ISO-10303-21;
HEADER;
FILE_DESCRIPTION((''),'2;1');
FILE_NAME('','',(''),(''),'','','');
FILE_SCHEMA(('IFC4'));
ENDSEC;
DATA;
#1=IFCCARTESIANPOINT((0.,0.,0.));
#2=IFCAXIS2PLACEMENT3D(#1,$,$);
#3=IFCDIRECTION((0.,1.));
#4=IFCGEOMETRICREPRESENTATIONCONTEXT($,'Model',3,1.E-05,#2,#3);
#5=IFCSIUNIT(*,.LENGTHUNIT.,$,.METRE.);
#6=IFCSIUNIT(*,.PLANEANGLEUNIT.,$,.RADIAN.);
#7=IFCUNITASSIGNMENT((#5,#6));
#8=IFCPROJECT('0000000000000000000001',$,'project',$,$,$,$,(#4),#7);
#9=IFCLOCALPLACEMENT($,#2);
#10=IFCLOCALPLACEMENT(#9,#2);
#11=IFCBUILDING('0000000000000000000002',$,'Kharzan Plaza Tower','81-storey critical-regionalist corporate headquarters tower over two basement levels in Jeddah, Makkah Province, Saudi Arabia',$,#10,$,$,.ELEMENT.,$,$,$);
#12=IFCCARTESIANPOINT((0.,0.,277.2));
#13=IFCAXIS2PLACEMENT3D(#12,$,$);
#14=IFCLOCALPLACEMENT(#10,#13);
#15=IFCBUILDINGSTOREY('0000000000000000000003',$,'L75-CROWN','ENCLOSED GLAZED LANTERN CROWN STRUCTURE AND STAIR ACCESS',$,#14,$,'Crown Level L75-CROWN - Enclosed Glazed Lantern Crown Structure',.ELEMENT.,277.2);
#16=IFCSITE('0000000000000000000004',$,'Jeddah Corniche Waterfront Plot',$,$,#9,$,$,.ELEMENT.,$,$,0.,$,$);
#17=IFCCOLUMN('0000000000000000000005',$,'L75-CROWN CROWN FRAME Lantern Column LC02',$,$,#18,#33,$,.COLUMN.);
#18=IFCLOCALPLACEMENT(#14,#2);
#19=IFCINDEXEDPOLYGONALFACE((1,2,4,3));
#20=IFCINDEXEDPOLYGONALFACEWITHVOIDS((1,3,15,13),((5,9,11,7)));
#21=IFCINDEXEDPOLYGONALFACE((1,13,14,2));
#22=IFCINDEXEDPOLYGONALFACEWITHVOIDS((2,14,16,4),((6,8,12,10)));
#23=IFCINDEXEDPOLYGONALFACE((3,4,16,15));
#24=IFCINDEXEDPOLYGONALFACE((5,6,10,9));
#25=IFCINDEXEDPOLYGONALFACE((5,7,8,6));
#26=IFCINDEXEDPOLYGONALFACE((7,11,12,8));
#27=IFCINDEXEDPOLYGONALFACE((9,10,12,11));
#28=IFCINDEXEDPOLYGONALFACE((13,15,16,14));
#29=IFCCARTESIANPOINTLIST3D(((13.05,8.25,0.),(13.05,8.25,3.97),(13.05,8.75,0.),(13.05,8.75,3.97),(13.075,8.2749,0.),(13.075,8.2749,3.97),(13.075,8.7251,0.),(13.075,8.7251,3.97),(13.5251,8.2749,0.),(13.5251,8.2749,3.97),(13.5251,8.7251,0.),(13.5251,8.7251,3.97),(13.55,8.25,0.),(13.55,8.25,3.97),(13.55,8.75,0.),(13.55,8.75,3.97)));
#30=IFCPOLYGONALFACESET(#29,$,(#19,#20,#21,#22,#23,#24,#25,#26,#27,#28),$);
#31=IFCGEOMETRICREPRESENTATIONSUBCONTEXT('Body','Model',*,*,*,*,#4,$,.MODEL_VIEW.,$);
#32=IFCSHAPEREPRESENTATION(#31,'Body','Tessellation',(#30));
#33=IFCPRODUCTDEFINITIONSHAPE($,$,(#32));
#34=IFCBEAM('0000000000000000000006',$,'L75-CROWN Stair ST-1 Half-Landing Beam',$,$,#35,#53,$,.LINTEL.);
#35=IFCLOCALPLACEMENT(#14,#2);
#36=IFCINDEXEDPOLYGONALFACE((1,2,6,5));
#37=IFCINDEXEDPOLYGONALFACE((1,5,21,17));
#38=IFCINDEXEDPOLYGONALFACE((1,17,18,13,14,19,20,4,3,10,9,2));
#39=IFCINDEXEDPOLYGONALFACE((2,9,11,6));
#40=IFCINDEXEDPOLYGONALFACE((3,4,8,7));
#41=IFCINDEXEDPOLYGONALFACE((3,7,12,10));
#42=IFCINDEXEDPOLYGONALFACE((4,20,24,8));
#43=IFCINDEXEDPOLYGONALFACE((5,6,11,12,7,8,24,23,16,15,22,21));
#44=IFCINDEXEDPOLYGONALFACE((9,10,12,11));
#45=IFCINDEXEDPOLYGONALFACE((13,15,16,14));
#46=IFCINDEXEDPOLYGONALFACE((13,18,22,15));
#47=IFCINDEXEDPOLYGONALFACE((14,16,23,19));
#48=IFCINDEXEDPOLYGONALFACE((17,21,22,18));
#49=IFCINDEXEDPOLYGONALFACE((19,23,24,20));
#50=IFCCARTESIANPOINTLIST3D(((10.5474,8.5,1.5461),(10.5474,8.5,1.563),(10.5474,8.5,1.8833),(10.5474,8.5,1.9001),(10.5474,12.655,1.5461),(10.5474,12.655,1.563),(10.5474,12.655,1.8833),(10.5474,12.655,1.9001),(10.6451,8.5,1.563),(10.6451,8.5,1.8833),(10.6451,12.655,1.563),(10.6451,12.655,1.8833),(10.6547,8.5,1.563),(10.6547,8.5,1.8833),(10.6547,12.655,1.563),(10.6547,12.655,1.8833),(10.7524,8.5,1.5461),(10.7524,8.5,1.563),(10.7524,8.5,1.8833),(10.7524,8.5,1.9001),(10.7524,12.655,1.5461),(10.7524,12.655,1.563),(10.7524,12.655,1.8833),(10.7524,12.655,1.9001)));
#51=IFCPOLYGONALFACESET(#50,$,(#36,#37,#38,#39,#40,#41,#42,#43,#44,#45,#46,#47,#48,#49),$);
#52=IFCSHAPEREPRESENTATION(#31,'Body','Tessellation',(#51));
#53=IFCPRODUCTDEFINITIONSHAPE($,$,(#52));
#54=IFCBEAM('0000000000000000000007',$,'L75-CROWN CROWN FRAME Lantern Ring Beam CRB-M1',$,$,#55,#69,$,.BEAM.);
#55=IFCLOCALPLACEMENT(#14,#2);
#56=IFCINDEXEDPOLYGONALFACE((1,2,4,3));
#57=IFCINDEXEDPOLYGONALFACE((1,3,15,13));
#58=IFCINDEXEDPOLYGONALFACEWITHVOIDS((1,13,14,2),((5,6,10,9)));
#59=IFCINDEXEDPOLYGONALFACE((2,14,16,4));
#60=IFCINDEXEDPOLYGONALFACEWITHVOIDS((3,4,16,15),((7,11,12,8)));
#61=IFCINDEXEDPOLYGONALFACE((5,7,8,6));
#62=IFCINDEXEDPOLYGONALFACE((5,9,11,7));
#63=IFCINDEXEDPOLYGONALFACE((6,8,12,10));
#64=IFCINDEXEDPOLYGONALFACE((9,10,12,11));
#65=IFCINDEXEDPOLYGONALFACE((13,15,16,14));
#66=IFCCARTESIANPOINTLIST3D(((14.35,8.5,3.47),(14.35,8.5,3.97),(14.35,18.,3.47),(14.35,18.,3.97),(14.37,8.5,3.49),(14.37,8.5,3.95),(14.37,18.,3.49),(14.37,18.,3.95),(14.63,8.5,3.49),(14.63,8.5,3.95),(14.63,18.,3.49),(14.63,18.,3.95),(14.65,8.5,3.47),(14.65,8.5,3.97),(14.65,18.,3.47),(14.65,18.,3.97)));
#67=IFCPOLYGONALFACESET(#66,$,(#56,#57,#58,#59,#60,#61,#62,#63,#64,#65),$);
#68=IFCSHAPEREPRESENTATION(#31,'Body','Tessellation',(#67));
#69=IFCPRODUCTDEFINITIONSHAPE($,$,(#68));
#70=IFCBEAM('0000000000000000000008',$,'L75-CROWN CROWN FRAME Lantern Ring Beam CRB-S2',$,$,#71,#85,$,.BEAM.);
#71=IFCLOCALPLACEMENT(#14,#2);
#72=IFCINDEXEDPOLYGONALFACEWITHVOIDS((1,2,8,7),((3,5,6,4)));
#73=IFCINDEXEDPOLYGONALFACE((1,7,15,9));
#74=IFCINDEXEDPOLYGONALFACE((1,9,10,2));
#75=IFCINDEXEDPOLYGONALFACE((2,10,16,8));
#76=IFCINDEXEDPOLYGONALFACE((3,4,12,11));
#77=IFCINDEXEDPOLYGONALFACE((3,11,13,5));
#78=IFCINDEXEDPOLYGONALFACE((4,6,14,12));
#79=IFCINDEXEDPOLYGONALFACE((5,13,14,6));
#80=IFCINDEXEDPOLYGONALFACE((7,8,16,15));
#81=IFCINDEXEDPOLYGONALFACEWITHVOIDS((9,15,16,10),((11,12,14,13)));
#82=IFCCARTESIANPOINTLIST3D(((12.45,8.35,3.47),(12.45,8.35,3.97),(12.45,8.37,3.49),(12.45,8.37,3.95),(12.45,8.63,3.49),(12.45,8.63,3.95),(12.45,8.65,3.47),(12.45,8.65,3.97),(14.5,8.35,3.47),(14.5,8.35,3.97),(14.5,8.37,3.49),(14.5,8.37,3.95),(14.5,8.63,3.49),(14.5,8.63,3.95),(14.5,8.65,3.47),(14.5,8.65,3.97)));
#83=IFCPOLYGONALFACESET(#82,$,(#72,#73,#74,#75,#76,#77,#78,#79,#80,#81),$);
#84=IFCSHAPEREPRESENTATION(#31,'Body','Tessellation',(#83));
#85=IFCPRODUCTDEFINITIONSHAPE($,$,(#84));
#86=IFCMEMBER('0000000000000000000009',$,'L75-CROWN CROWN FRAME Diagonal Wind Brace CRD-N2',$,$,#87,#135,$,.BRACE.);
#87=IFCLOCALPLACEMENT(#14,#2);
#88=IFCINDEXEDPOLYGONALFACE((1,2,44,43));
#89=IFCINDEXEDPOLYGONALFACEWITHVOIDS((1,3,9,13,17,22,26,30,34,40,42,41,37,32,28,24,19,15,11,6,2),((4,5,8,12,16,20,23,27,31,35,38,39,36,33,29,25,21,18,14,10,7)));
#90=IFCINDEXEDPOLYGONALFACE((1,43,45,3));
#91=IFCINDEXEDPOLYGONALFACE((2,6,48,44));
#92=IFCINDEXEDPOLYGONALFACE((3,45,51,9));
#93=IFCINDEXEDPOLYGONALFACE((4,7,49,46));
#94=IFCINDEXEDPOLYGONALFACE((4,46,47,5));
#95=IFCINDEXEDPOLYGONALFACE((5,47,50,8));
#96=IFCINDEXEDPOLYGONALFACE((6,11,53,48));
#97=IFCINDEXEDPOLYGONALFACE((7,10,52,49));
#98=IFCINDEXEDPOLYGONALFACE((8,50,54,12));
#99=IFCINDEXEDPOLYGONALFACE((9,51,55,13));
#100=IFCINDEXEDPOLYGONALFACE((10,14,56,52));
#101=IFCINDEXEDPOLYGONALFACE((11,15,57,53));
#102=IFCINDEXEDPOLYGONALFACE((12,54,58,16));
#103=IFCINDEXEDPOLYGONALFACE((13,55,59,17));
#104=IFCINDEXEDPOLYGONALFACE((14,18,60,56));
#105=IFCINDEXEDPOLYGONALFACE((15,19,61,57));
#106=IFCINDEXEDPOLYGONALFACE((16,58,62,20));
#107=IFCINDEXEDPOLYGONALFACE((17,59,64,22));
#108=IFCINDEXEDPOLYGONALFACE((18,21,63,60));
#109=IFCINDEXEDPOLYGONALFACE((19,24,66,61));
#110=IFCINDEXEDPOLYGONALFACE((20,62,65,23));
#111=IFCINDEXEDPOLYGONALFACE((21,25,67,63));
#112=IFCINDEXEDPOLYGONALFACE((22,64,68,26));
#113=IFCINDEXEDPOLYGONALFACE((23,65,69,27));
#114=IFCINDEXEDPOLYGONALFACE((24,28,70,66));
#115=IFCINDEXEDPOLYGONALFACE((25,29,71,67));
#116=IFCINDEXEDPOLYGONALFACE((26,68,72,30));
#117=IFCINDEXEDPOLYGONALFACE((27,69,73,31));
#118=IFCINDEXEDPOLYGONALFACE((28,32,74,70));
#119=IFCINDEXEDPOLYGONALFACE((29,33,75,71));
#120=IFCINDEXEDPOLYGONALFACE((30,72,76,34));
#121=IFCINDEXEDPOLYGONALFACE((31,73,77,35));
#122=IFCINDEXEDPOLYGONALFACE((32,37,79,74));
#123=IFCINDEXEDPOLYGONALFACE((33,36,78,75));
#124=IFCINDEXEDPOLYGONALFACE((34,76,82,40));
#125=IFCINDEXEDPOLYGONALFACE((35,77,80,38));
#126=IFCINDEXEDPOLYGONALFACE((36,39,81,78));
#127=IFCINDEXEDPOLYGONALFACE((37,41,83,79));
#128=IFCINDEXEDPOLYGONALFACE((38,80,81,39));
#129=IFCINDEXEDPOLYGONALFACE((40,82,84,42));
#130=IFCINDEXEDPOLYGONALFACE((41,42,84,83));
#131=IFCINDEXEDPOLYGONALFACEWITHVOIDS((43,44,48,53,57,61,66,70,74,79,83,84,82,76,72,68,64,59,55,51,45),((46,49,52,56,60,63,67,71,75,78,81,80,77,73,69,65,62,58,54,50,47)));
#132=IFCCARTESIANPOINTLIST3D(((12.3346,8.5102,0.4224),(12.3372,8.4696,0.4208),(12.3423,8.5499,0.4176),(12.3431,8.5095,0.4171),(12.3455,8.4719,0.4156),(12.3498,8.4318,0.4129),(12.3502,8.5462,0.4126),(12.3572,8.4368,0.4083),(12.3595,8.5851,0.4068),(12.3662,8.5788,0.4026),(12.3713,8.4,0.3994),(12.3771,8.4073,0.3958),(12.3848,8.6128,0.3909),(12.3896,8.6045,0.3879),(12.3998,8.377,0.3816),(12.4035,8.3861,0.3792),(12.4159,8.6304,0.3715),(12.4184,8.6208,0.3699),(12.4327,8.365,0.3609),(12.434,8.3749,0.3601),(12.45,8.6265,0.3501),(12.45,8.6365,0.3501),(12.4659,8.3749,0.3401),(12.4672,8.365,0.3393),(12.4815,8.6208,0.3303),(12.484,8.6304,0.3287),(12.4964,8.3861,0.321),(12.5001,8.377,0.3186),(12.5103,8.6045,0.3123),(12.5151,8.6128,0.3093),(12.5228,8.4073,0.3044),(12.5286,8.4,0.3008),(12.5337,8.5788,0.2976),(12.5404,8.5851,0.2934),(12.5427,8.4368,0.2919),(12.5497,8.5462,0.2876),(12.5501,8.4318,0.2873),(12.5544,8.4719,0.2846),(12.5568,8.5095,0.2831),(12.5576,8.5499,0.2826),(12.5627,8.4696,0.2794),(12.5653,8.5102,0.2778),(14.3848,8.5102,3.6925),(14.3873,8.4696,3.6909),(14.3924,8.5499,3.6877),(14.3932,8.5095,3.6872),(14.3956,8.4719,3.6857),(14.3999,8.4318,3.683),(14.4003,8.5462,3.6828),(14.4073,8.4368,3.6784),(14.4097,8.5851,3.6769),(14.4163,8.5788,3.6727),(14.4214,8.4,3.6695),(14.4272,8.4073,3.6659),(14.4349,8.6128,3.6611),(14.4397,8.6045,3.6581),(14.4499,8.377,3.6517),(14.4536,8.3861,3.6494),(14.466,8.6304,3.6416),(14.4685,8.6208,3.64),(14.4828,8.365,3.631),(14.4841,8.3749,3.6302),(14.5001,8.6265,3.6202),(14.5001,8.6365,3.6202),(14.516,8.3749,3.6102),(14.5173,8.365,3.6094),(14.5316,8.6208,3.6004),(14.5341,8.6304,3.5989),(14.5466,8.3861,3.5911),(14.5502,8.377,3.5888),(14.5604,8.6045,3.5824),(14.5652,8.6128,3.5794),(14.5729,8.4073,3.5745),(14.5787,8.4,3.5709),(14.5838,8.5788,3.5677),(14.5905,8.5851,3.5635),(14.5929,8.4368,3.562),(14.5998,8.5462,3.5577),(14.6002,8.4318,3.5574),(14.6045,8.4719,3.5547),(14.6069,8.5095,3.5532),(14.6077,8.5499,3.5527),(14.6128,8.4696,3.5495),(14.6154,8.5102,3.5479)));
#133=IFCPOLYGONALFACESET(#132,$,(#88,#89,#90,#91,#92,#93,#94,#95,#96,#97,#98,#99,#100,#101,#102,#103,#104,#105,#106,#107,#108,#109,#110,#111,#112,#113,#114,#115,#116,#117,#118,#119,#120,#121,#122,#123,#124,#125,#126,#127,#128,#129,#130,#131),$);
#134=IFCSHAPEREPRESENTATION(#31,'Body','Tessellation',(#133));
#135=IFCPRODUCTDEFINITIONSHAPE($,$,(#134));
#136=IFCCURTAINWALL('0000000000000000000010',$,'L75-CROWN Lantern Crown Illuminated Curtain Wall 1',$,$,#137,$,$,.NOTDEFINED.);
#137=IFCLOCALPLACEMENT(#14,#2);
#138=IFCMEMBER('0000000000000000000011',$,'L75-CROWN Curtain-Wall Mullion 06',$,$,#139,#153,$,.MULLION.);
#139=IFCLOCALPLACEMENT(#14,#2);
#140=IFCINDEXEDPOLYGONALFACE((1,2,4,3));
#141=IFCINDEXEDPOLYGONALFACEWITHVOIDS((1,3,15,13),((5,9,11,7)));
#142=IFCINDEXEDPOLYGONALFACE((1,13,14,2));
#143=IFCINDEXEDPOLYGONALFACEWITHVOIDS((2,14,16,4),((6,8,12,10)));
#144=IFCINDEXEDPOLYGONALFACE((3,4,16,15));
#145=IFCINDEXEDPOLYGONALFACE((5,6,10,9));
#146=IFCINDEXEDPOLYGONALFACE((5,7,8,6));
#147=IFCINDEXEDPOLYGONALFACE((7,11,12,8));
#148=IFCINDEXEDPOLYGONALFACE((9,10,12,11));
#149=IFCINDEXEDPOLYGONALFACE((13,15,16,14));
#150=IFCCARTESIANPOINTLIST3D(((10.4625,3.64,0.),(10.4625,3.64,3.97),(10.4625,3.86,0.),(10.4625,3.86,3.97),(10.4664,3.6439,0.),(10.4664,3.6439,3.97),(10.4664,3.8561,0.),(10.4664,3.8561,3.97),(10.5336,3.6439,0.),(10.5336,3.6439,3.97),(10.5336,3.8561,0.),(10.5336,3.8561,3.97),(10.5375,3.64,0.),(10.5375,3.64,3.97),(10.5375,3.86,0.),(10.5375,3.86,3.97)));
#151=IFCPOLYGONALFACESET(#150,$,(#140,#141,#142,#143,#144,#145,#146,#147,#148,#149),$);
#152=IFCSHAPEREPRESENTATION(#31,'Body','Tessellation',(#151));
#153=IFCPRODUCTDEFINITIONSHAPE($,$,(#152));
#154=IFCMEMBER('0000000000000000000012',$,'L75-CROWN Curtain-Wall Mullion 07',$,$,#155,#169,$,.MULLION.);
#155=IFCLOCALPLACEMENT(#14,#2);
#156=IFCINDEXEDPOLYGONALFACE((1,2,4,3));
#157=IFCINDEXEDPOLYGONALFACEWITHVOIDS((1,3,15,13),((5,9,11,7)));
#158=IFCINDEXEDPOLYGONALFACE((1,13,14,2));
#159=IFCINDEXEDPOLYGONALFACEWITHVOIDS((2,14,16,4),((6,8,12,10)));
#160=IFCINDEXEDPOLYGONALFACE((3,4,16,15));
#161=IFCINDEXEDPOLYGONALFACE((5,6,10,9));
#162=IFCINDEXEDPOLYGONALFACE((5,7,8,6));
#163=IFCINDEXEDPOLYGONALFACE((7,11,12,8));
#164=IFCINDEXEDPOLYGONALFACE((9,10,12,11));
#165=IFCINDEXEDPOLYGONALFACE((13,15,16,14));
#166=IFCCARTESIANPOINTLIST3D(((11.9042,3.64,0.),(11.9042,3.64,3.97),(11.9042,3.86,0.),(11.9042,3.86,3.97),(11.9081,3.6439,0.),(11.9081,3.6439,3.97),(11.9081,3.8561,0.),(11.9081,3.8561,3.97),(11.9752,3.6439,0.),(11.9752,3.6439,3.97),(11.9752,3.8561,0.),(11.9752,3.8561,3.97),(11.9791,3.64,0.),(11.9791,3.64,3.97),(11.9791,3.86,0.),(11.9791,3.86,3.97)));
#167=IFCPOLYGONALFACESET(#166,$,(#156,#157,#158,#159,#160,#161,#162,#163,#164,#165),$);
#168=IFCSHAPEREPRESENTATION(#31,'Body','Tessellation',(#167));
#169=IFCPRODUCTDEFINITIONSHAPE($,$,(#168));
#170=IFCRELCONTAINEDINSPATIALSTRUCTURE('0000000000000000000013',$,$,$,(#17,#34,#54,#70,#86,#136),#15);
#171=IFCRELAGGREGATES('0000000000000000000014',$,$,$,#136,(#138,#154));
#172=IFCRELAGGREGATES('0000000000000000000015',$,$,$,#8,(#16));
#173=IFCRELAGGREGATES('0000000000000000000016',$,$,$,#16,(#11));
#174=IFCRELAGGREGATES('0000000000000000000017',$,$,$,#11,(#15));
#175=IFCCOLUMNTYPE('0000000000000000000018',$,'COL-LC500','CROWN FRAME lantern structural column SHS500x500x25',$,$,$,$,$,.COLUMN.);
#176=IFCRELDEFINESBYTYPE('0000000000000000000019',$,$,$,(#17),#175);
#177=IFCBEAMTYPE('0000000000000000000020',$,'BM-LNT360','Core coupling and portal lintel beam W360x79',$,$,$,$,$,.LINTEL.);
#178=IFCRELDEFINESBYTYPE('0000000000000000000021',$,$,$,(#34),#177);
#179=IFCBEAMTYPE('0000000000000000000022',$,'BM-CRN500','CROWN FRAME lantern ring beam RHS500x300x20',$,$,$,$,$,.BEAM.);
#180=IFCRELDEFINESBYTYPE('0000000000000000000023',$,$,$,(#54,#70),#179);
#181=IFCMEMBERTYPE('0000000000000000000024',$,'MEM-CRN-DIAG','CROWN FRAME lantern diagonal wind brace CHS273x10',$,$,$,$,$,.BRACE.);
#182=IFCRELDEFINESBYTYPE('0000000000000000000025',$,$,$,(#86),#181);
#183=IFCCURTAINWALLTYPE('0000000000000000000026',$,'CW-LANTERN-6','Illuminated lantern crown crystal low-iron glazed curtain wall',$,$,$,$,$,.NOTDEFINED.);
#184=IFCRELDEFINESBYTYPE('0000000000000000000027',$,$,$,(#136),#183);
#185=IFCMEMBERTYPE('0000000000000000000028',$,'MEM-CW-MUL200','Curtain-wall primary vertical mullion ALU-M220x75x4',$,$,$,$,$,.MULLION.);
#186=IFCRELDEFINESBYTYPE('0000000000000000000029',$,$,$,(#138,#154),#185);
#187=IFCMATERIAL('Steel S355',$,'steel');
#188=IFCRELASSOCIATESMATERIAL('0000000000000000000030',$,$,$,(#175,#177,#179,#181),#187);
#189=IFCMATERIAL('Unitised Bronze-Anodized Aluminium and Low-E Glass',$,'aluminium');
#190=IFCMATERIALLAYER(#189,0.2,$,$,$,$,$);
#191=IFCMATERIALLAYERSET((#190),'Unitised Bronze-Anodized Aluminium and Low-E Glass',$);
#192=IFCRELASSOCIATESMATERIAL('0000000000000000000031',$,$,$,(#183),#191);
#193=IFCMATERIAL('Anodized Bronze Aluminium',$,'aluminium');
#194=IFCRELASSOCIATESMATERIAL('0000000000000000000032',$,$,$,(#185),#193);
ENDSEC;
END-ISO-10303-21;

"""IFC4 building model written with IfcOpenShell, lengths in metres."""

from ifc_helpers import new_model, si_unit, direction, frame, origin, origin_2d, place, context, subcontext, project, spatial, hollow_rectangle, hollow_circle, i_section, extrude, source, transform, mapped, material, layer, layer_set, material_profile, profile_set, type_object, element, aggregate, save


model = new_model("IFC4")

# Units and contexts
model_context = context("Model", 3, precision=1e-05, world=origin(), true_north=direction((0.0, 1.0)))
body_context = subcontext(model_context, "Body", "Model", "MODEL_VIEW")
ifc_project = project(units=[si_unit("LENGTHUNIT", "METRE"), si_unit("PLANEANGLEUNIT", "RADIAN")], contexts=[model_context])

# Site, building, storey
site_placement = place(None, origin())
site = spatial("IfcSite", under=ifc_project, at=site_placement, Name="Jeddah Corniche Waterfront Plot", CompositionType="ELEMENT", RefElevation=0.0)
building_placement = place(site_placement, origin())
building = spatial("IfcBuilding", under=site, at=building_placement, Name="Kharzan Plaza Tower", Description="81-storey critical-regionalist corporate headquarters tower over two basement levels in Jeddah, Makkah Province, Saudi Arabia", CompositionType="ELEMENT")
storey_placement = place(building_placement, frame((0.0, 0.0, 277.2)))
storey = spatial("IfcBuildingStorey", under=building, at=storey_placement, Name="L75-CROWN", Description="ENCLOSED GLAZED LANTERN CROWN STRUCTURE AND STAIR ACCESS", LongName="Crown Level L75-CROWN - Enclosed Glazed Lantern Crown Structure", CompositionType="ELEMENT", Elevation=277.2)

# Column
ifc_material_1 = material(Name="Steel S355", Category="steel")
ifc_material_profile_1 = material_profile(ifc_material_1, hollow_rectangle(XDim=0.5, YDim=0.5, WallThickness=0.0249, at=origin_2d()), Name="SHS500x500x25")
ifc_profile_set_1 = profile_set([ifc_material_profile_1], Name="Steel S355")
column_type = type_object("IfcColumnType", Name="COL-LC500", Description="CROWN FRAME lantern structural column SHS500x500x25", PredefinedType="COLUMN", material=ifc_profile_set_1)
shared_shape_1 = source(origin(), body_context, "Body", "SweptSolid", [
    extrude(hollow_rectangle(XDim=0.5, YDim=0.5, WallThickness=0.0249, at=origin_2d()), origin(), (0.0, 0.0, 1.0), 3.97),
])
column_placement = place(storey_placement, frame((13.3, 8.5, 0.0), z_axis=(0.0, 0.0, 1.0), x_axis=(1.0, 0.0, 0.0)))
element("IfcColumn", 1, at=column_placement, inside=storey, type_object=column_type, Name="L75-CROWN CROWN FRAME Lantern Column LC02", PredefinedType="COLUMN", context=body_context, shape_type="MappedRepresentation", body=[
    mapped(shared_shape_1, transform((0.0, 0.0, 0.0), x_axis=(1.0, 0.0, 0.0), y_axis=(0.0, 1.0, 0.0), z_axis=(0.0, 0.0, 1.0))),
])

# Beams
ifc_material_profile_2 = material_profile(ifc_material_1, i_section(OverallWidth=0.2051, OverallDepth=0.354, WebThickness=0.0095, FlangeThickness=0.0168, at=origin_2d()), Name="W360x79")
ifc_profile_set_2 = profile_set([ifc_material_profile_2], Name="Steel S355")
beam_type_1 = type_object("IfcBeamType", Name="BM-LNT360", Description="Core coupling and portal lintel beam W360x79", PredefinedType="LINTEL", material=ifc_profile_set_2)
shared_shape_2 = source(origin(), body_context, "Body", "SweptSolid", [
    extrude(i_section(OverallWidth=0.2051, OverallDepth=0.354, WebThickness=0.0095, FlangeThickness=0.0168, at=origin_2d()), origin(), (0.0, 0.0, 1.0), 4.155),
])
beam_1_placement = place(storey_placement, frame((10.6499, 8.5, 1.7231), z_axis=(0.0, 1.0, 0.0), x_axis=(-1.0, 0.0, 0.0)))
element("IfcBeam", 2, at=beam_1_placement, inside=storey, type_object=beam_type_1, Name="L75-CROWN Stair ST-1 Half-Landing Beam", PredefinedType="LINTEL", context=body_context, shape_type="MappedRepresentation", body=[
    mapped(shared_shape_2, transform((0.0, 0.0, 0.0), x_axis=(1.0, 0.0, 0.0), y_axis=(0.0, 1.0, 0.0), z_axis=(0.0, 0.0, 1.0))),
])
ifc_material_profile_3 = material_profile(ifc_material_1, hollow_rectangle(XDim=0.3, YDim=0.5, WallThickness=0.02, at=origin_2d()), Name="RHS500x300x20")
ifc_profile_set_3 = profile_set([ifc_material_profile_3], Name="Steel S355")
beam_type_2 = type_object("IfcBeamType", Name="BM-CRN500", Description="CROWN FRAME lantern ring beam RHS500x300x20", PredefinedType="BEAM", material=ifc_profile_set_3)
shared_shape_3 = source(origin(), body_context, "Body", "SweptSolid", [
    extrude(hollow_rectangle(XDim=0.3, YDim=0.5, WallThickness=0.02, at=origin_2d()), origin(), (0.0, 0.0, 1.0), 9.5),
])
beam_2_placement = place(storey_placement, frame((14.5, 8.5, 3.72), z_axis=(0.0, 1.0, 0.0), x_axis=(-1.0, 0.0, 0.0)))
element("IfcBeam", 3, at=beam_2_placement, inside=storey, type_object=beam_type_2, Name="L75-CROWN CROWN FRAME Lantern Ring Beam CRB-M1", PredefinedType="BEAM", context=body_context, shape_type="MappedRepresentation", body=[
    mapped(shared_shape_3, transform((0.0, 0.0, 0.0), x_axis=(1.0, 0.0, 0.0), y_axis=(0.0, 1.0, 0.0), z_axis=(0.0, 0.0, 1.0))),
])
shared_shape_4 = source(origin(), body_context, "Body", "SweptSolid", [
    extrude(hollow_rectangle(XDim=0.3, YDim=0.5, WallThickness=0.02, at=origin_2d()), origin(), (0.0, 0.0, 1.0), 2.05),
])
beam_3_placement = place(storey_placement, frame((12.45, 8.5, 3.72), z_axis=(1.0, 0.0, 0.0), x_axis=(0.0, 1.0, 0.0)))
element("IfcBeam", 4, at=beam_3_placement, inside=storey, type_object=beam_type_2, Name="L75-CROWN CROWN FRAME Lantern Ring Beam CRB-S2", PredefinedType="BEAM", context=body_context, shape_type="MappedRepresentation", body=[
    mapped(shared_shape_4, transform((0.0, 0.0, 0.0), x_axis=(1.0, 0.0, 0.0), y_axis=(0.0, 1.0, 0.0), z_axis=(0.0, 0.0, 1.0))),
])

# Member
ifc_material_profile_4 = material_profile(ifc_material_1, hollow_circle(Radius=0.1365, WallThickness=0.01, at=origin_2d()), Name="CHS273x10")
ifc_profile_set_4 = profile_set([ifc_material_profile_4], Name="Steel S355")
member_type_1 = type_object("IfcMemberType", Name="MEM-CRN-DIAG", Description="CROWN FRAME lantern diagonal wind brace CHS273x10", PredefinedType="BRACE", material=ifc_profile_set_4)
shared_shape_5 = source(origin(), body_context, "Body", "SweptSolid", [
    extrude(hollow_circle(Radius=0.1365, WallThickness=0.01, at=origin_2d()), origin(), (0.0, 0.0, 1.0), 3.8596),
])
member_1_placement = place(storey_placement, frame((12.45, 8.5, 0.3501), z_axis=(0.53117, 0.0, 0.847265), x_axis=(0.0, 1.0, 0.0)))
element("IfcMember", 5, at=member_1_placement, inside=storey, type_object=member_type_1, Name="L75-CROWN CROWN FRAME Diagonal Wind Brace CRD-N2", PredefinedType="BRACE", context=body_context, shape_type="MappedRepresentation", body=[
    mapped(shared_shape_5, transform((0.0, 0.0, 0.0), x_axis=(1.0, 0.0, 0.0), y_axis=(0.0, 1.0, 0.0), z_axis=(0.0, 0.0, 1.0))),
])

# Curtain wall, members
ifc_material_2 = material(Name="Unitised Bronze-Anodized Aluminium and Low-E Glass", Category="aluminium")
ifc_layer_1 = layer(ifc_material_2, 0.2)
ifc_layer_set_1 = layer_set([ifc_layer_1], Name="Unitised Bronze-Anodized Aluminium and Low-E Glass")
curtain_wall_type = type_object("IfcCurtainWallType", Name="CW-LANTERN-6", Description="Illuminated lantern crown crystal low-iron glazed curtain wall", PredefinedType="NOTDEFINED", material=ifc_layer_set_1)
curtain_wall_1_placement = place(storey_placement, origin())
curtain_wall_1 = element("IfcCurtainWall", 6, at=curtain_wall_1_placement, inside=storey, type_object=curtain_wall_type, Name="L75-CROWN Lantern Crown Illuminated Curtain Wall 1", PredefinedType="NOTDEFINED")
ifc_material_3 = material(Name="Anodized Bronze Aluminium", Category="aluminium")
ifc_material_profile_5 = material_profile(ifc_material_3, hollow_rectangle(XDim=0.075, YDim=0.22, WallThickness=0.0039, at=origin_2d()), Name="ALU-M220x75x4")
ifc_profile_set_5 = profile_set([ifc_material_profile_5], Name="Anodized Bronze Aluminium")
member_type_2 = type_object("IfcMemberType", Name="MEM-CW-MUL200", Description="Curtain-wall primary vertical mullion ALU-M220x75x4", PredefinedType="MULLION", material=ifc_profile_set_5)
shared_shape_6 = source(origin(), body_context, "Body", "SweptSolid", [
    extrude(hollow_rectangle(XDim=0.075, YDim=0.22, WallThickness=0.0039, at=origin_2d()), origin(), (0.0, 0.0, 1.0), 3.97),
])
member_2_placement = place(storey_placement, frame((10.5, 3.75, 0.0), z_axis=(0.0, 0.0, 1.0), x_axis=(1.0, 0.0, 0.0)))
member_2 = element("IfcMember", 7, at=member_2_placement, type_object=member_type_2, Name="L75-CROWN Curtain-Wall Mullion 06", PredefinedType="MULLION", context=body_context, shape_type="MappedRepresentation", body=[
    mapped(shared_shape_6, transform((0.0, 0.0, 0.0), x_axis=(1.0, 0.0, 0.0), y_axis=(0.0, 1.0, 0.0), z_axis=(0.0, 0.0, 1.0))),
])
member_3_placement = place(storey_placement, frame((11.9417, 3.75, 0.0), z_axis=(0.0, 0.0, 1.0), x_axis=(1.0, 0.0, 0.0)))
member_3 = element("IfcMember", 8, at=member_3_placement, type_object=member_type_2, Name="L75-CROWN Curtain-Wall Mullion 07", PredefinedType="MULLION", context=body_context, shape_type="MappedRepresentation", body=[
    mapped(shared_shape_6, transform((0.0, 0.0, 0.0), x_axis=(1.0, 0.0, 0.0), y_axis=(0.0, 1.0, 0.0), z_axis=(0.0, 0.0, 1.0))),
])

aggregate(curtain_wall_1, [member_2, member_3])

save(model, "model.ifc")
